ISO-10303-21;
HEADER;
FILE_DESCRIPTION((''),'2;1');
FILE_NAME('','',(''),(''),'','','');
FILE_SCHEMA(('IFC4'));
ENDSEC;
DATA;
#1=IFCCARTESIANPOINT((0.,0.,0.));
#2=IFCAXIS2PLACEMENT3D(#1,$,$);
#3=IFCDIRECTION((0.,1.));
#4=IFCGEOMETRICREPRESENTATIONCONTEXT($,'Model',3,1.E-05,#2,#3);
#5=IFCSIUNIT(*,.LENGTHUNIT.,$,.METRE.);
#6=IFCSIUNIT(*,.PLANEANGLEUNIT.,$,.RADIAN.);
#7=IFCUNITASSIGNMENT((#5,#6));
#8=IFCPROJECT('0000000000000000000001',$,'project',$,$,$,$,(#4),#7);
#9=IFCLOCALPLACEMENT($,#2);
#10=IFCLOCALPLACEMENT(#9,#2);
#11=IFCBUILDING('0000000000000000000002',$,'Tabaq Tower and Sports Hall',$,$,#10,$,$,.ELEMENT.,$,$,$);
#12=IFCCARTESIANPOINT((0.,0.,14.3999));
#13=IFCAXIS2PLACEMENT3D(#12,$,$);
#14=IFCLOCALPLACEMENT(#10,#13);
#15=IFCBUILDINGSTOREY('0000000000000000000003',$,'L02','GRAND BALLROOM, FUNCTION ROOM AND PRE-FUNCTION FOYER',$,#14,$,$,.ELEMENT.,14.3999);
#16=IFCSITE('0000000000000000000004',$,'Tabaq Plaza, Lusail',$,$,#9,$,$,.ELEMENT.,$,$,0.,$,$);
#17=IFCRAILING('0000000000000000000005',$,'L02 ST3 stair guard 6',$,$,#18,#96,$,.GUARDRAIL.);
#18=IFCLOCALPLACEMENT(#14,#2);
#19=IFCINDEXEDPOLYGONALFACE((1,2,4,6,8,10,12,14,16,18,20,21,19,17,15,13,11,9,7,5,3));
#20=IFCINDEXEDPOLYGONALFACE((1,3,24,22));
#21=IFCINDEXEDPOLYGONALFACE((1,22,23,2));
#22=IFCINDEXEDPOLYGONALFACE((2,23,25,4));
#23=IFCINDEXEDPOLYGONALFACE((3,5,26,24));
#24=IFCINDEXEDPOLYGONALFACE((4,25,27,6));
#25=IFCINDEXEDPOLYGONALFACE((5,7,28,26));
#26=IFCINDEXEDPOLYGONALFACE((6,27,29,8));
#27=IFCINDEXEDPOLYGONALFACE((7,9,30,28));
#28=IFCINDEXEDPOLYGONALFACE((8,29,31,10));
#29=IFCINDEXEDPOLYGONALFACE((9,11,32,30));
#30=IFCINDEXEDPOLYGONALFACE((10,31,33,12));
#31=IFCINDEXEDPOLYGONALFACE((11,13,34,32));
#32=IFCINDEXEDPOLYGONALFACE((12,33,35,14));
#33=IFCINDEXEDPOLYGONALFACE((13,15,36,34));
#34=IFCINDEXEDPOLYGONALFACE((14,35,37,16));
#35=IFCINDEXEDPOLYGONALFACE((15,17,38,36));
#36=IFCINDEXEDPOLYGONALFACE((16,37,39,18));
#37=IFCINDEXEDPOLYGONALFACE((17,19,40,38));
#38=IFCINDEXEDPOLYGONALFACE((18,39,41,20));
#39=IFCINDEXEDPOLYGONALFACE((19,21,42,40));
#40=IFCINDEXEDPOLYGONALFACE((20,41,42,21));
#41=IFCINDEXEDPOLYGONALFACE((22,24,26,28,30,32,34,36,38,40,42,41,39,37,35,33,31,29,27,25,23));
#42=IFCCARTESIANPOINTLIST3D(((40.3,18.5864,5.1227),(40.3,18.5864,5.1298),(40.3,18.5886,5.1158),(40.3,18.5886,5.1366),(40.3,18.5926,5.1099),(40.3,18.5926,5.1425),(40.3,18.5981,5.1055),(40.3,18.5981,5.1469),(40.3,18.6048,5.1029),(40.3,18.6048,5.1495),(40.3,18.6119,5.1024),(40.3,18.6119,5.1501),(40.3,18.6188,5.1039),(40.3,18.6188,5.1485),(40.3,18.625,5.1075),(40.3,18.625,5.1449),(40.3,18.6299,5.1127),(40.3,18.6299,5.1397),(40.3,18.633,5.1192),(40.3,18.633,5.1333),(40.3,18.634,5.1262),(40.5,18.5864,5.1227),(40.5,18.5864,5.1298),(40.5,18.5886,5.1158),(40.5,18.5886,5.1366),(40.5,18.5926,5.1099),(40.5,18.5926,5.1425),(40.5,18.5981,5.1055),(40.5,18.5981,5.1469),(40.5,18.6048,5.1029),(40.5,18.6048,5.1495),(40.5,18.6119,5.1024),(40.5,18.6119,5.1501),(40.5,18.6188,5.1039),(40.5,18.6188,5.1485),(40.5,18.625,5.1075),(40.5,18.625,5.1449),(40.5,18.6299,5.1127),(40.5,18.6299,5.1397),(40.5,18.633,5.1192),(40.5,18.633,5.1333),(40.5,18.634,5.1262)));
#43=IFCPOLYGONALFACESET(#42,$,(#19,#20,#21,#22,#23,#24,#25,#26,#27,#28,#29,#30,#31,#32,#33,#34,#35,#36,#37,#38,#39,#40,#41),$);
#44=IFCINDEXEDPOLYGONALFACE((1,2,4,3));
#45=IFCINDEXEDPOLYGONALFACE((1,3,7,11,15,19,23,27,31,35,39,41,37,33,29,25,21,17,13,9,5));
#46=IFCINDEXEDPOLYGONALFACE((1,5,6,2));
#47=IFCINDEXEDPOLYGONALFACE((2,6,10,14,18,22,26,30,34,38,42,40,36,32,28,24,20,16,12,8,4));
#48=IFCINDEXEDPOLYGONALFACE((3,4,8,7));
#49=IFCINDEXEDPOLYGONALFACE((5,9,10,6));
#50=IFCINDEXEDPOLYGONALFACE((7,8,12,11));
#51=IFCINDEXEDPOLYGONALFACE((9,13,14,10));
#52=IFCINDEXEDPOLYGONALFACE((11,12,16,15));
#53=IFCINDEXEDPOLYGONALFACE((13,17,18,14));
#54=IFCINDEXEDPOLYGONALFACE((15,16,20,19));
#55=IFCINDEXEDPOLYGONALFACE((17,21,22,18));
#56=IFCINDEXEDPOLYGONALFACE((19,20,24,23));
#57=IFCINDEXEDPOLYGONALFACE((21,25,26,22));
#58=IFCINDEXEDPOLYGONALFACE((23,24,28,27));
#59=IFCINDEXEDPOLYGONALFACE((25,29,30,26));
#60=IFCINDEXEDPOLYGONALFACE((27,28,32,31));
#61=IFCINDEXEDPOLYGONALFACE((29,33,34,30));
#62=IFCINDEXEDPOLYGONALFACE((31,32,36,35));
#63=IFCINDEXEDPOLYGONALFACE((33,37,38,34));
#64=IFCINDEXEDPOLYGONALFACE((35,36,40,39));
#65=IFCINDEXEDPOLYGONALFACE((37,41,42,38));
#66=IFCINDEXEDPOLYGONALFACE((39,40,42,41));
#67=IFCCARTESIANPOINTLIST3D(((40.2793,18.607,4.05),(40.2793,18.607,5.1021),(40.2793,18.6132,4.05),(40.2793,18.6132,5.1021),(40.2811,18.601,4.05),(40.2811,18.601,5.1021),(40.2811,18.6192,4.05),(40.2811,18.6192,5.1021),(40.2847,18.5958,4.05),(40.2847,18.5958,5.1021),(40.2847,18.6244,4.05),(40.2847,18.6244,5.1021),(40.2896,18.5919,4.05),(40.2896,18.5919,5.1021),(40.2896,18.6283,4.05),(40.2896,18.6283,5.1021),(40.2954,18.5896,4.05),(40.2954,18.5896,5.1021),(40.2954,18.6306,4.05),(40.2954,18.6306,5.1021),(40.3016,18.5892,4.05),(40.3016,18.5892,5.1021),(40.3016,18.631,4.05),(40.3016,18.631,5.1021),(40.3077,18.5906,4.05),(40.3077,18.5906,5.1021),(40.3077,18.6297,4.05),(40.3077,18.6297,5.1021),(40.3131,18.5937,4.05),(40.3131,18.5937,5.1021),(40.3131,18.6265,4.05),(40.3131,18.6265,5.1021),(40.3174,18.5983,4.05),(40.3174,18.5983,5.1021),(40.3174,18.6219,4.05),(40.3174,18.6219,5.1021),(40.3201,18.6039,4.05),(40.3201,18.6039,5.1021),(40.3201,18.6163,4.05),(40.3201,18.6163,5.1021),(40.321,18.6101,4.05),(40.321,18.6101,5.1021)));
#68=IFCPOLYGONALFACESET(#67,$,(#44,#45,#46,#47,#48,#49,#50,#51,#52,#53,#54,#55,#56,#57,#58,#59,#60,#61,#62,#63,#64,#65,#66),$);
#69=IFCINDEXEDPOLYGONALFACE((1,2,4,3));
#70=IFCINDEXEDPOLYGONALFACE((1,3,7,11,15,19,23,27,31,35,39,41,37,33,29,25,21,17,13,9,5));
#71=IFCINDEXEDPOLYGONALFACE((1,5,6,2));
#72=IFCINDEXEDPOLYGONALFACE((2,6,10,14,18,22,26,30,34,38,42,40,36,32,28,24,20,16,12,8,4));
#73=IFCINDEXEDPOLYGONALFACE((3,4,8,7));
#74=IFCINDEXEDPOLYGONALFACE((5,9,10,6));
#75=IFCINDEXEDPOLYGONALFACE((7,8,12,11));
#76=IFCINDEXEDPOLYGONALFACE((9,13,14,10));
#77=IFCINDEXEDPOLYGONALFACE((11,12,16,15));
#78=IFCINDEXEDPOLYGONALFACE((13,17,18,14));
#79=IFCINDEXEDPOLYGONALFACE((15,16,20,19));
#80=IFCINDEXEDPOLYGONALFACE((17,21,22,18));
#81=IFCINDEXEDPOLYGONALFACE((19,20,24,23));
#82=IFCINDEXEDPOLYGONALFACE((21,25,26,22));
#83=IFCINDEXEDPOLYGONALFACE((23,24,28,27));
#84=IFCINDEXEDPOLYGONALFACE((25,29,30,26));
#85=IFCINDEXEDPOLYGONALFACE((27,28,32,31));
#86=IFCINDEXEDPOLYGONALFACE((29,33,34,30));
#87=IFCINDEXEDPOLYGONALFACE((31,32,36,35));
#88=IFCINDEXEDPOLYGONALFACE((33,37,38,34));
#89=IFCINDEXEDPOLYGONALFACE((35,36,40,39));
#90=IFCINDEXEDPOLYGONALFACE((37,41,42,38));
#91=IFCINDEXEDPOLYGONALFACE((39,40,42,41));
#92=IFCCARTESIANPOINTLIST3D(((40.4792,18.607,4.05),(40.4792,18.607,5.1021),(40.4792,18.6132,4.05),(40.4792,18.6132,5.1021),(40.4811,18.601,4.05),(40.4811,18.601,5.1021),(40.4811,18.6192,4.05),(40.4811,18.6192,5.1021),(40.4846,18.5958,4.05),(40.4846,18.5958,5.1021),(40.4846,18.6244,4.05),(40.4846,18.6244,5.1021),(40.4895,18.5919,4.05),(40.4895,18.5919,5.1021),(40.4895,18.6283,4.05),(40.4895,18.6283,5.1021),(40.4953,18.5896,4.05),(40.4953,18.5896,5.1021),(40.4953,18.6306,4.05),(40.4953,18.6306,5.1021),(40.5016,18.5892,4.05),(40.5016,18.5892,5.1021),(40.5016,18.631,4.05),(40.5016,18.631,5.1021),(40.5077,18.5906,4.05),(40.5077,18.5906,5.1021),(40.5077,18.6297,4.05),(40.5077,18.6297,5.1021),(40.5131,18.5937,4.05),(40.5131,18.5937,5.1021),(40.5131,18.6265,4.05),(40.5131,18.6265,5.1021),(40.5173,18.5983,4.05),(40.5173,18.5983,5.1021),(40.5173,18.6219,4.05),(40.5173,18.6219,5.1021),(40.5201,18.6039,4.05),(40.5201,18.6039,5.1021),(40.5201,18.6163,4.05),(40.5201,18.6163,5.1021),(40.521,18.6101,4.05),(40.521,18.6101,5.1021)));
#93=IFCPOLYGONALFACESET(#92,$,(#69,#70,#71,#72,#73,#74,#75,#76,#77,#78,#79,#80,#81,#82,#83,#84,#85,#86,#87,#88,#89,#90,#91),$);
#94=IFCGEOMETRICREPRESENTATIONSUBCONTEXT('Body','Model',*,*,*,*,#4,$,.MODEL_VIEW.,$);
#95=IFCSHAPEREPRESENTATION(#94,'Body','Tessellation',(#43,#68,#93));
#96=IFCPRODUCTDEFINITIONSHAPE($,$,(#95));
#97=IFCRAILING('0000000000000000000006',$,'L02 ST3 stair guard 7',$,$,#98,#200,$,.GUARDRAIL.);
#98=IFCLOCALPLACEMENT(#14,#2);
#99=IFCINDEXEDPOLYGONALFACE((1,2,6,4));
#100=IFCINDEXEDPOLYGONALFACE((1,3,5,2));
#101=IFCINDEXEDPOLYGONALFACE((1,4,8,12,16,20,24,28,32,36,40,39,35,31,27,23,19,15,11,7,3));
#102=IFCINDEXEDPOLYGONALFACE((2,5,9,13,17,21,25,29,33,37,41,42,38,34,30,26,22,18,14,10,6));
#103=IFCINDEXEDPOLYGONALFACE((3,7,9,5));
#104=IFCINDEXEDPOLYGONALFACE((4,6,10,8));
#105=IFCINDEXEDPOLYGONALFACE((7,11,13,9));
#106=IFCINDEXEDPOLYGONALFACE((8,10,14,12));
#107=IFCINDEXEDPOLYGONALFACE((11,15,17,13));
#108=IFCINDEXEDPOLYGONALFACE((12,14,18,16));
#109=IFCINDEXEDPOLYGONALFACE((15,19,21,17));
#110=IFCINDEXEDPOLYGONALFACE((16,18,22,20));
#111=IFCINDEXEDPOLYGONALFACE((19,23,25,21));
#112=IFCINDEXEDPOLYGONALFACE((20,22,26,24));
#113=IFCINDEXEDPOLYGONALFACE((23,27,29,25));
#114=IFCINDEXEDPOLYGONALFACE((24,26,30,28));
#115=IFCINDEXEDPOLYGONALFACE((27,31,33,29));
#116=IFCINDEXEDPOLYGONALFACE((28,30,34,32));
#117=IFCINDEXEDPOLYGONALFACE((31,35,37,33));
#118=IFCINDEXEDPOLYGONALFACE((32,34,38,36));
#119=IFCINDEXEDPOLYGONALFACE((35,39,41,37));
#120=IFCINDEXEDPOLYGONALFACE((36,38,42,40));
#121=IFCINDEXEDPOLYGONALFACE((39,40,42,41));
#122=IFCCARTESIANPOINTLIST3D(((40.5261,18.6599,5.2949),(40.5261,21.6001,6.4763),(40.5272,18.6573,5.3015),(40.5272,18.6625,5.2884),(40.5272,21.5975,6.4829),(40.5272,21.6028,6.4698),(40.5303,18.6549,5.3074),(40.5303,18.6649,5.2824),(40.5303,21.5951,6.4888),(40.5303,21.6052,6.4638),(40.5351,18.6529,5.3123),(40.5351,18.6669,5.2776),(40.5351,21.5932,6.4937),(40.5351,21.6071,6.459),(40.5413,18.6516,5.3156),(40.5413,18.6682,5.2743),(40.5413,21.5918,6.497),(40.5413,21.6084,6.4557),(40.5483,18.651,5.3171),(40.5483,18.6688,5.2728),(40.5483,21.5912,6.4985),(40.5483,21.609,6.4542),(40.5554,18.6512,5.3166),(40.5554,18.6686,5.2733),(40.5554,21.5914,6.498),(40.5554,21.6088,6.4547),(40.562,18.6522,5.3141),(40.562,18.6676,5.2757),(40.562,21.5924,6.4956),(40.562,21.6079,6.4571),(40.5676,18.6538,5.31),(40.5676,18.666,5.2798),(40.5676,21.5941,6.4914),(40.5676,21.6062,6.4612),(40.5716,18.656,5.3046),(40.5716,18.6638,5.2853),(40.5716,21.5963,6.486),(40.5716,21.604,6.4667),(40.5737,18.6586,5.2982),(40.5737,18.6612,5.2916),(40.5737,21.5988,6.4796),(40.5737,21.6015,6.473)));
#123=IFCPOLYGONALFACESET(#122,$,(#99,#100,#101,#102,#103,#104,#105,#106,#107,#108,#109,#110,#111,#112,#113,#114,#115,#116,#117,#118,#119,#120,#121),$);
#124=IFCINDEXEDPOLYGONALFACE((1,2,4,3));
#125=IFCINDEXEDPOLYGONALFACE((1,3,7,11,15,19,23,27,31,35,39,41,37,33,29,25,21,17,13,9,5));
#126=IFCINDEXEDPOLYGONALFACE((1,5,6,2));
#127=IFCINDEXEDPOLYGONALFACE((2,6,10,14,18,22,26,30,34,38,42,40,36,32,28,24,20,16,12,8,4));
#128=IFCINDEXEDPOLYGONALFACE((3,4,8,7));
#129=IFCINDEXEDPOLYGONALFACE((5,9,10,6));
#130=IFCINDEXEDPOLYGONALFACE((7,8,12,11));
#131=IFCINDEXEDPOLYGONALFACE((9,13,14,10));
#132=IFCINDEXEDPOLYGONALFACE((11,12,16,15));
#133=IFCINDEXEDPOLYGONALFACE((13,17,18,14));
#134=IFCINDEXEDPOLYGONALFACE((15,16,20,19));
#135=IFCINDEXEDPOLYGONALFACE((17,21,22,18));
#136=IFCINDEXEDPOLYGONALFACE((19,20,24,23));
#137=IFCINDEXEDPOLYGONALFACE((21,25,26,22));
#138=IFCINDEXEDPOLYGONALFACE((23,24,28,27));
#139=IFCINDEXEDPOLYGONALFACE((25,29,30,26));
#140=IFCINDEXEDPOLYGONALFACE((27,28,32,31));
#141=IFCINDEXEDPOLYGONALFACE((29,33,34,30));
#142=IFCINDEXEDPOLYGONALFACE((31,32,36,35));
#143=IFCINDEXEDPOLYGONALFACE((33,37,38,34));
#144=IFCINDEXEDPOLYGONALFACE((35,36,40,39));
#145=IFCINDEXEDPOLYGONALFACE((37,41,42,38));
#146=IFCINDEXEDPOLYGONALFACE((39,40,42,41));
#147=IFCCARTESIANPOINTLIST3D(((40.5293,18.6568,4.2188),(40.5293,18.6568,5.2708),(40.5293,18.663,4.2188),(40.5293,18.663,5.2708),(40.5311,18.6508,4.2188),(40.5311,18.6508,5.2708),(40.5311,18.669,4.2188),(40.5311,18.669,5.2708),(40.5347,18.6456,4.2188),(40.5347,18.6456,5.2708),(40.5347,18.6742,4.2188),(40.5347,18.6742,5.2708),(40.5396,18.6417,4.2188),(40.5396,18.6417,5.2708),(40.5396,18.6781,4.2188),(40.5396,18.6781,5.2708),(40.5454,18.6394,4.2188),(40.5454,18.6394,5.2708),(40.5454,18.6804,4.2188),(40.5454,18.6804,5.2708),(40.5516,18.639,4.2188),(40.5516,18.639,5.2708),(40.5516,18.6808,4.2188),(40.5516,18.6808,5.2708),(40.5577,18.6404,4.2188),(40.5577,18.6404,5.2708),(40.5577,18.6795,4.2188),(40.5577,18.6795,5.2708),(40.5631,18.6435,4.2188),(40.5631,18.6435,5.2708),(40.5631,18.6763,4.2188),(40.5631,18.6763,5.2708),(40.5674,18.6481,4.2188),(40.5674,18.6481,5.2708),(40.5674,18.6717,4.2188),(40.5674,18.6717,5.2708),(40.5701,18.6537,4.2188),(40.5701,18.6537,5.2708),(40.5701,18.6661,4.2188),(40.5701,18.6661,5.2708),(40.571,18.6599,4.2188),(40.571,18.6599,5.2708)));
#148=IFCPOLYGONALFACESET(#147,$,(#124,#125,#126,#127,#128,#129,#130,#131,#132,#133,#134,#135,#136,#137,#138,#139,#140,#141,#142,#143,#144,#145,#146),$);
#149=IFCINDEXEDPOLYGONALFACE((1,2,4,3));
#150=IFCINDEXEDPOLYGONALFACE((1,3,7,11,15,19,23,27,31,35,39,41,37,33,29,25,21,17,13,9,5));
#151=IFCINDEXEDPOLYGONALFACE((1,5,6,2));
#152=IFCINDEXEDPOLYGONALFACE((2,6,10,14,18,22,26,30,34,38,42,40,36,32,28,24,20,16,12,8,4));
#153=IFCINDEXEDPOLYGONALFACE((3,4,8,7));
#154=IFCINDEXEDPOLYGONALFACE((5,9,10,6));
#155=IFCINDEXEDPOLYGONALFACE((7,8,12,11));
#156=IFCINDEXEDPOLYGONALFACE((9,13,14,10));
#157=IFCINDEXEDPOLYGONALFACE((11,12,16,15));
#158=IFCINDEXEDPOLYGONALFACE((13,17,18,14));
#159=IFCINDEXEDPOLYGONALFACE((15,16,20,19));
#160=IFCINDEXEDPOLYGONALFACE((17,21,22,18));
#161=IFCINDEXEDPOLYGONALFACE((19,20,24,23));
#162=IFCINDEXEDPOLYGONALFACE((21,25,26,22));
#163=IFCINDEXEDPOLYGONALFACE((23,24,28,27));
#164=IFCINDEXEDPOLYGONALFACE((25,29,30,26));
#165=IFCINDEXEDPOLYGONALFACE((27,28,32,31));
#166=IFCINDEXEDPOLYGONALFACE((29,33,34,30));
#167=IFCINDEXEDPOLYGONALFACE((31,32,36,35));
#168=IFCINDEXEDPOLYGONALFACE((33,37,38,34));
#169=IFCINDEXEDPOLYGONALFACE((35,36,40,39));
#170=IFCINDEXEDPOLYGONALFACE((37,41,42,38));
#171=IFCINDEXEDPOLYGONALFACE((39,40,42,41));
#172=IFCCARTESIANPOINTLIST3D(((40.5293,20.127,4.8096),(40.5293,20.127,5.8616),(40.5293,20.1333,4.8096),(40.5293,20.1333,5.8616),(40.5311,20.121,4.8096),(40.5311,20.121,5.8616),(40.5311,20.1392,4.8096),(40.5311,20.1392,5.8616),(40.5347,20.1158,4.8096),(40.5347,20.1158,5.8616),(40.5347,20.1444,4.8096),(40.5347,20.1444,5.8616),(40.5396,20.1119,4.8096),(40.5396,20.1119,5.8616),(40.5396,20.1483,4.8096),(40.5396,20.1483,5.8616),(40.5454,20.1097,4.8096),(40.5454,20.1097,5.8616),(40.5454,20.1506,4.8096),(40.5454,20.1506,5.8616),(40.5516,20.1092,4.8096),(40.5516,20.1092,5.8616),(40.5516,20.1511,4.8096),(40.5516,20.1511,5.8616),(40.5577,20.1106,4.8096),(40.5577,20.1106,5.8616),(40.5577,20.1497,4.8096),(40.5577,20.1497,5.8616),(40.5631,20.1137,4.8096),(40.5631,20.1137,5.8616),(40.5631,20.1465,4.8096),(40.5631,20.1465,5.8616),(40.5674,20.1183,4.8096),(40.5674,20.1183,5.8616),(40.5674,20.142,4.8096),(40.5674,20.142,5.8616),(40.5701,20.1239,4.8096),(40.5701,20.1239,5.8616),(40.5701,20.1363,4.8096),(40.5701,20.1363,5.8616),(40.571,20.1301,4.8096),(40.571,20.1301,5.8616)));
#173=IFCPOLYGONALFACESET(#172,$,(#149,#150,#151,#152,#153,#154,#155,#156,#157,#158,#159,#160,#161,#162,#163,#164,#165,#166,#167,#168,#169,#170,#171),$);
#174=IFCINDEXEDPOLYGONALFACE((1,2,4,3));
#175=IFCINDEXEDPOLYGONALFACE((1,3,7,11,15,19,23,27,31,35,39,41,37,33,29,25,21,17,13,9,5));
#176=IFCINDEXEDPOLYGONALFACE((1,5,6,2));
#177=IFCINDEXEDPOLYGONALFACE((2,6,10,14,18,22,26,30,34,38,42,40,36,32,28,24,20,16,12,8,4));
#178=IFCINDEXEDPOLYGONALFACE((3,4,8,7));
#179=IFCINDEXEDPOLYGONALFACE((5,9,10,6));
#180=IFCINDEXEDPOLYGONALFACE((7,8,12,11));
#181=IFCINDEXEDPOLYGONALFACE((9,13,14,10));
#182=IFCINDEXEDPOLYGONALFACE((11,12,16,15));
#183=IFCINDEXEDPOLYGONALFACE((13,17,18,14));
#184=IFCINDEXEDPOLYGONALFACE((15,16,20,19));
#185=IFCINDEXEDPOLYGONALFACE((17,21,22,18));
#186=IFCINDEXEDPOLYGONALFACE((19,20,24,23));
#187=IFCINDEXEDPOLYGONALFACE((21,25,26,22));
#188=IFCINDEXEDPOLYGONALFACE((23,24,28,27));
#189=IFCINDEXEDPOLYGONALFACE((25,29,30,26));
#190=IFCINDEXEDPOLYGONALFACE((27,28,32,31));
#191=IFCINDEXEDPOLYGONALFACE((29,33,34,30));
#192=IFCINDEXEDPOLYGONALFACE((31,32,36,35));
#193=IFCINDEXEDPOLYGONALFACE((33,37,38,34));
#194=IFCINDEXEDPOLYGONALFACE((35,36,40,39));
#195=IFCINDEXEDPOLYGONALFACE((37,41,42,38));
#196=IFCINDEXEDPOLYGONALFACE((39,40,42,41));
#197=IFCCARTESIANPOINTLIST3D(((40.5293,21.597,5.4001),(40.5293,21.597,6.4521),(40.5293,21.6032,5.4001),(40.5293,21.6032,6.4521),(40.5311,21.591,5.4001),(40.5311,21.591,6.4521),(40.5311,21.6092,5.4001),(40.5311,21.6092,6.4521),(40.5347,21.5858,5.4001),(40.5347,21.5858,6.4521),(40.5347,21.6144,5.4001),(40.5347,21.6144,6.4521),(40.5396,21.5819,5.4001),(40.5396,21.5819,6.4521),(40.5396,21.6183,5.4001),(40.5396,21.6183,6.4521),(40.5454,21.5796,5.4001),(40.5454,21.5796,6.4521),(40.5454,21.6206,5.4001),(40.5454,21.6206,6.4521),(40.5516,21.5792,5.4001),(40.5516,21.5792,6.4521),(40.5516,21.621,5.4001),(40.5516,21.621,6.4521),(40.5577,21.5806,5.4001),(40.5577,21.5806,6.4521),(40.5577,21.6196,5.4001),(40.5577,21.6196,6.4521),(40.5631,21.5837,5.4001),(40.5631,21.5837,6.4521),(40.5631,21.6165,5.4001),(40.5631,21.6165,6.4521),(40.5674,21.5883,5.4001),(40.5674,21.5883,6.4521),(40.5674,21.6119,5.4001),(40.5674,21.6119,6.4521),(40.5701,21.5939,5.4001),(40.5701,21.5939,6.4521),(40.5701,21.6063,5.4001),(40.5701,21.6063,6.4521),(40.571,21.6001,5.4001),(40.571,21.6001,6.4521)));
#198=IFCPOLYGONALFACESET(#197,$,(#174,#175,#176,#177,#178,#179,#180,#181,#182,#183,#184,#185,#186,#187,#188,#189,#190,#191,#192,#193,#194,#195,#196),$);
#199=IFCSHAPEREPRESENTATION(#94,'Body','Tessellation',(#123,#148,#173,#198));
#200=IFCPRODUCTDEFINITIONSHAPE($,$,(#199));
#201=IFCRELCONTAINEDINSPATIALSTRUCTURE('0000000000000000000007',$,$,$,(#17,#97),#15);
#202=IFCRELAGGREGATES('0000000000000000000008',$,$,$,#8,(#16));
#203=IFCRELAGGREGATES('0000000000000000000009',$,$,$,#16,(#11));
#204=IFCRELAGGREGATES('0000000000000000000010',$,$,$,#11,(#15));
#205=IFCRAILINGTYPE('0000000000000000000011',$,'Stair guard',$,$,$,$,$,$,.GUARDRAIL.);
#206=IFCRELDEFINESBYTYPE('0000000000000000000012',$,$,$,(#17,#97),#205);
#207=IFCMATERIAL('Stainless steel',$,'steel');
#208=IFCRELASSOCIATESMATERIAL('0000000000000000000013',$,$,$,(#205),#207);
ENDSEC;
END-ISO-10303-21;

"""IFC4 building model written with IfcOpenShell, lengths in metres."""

from ifc_helpers import new_model, si_unit, direction, frame, origin, origin_2d, place, context, subcontext, project, spatial, circle, extrude, material, type_object, element, save


model = new_model("IFC4")

# Units and contexts
model_context = context("Model", 3, precision=1e-05, world=origin(), true_north=direction((0.0, 1.0)))
body_context = subcontext(model_context, "Body", "Model", "MODEL_VIEW")
ifc_project = project(units=[si_unit("LENGTHUNIT", "METRE"), si_unit("PLANEANGLEUNIT", "RADIAN")], contexts=[model_context])

# Site, building, storey
site_placement = place(None, origin())
site = spatial("IfcSite", under=ifc_project, at=site_placement, Name="Tabaq Plaza, Lusail", CompositionType="ELEMENT", RefElevation=0.0)
building_placement = place(site_placement, origin())
building = spatial("IfcBuilding", under=site, at=building_placement, Name="Tabaq Tower and Sports Hall", CompositionType="ELEMENT")
storey_placement = place(building_placement, frame((0.0, 0.0, 14.3999)))
storey = spatial("IfcBuildingStorey", under=building, at=storey_placement, Name="L02", Description="GRAND BALLROOM, FUNCTION ROOM AND PRE-FUNCTION FOYER", CompositionType="ELEMENT", Elevation=14.3999)

# Railings
ifc_material_1 = material(Name="Stainless steel", Category="steel")
railing_type_1 = type_object("IfcRailingType", Name="Stair guard", PredefinedType="GUARDRAIL", material=ifc_material_1)
railing_1_placement = place(storey_placement, frame((40.3, 18.6101, 4.05)))
element("IfcRailing", 1, at=railing_1_placement, inside=storey, type_object=railing_type_1, Name="L02 ST3 stair guard 6", PredefinedType="GUARDRAIL", context=body_context, shape_type="SweptSolid", body=[
    extrude(circle(Radius=0.0239, at=origin_2d()), frame((0.0, 0.0, 1.0762), z_axis=(1.0, 0.0, 0.0), x_axis=(0.0, 1.0, 0.0)), (0.0, 0.0, 1.0), 0.2),
    extrude(circle(Radius=0.021, at=origin_2d()), origin(), (0.0, 0.0, 1.0), 1.052),
    extrude(circle(Radius=0.021, at=origin_2d()), frame((0.2, 0.0, 0.0)), (0.0, 0.0, 1.0), 1.052),
])
railing_2_placement = place(storey_placement, frame((40.55, 18.6599, 4.2188)))
element("IfcRailing", 2, at=railing_2_placement, inside=storey, type_object=railing_type_1, Name="L02 ST3 stair guard 7", PredefinedType="GUARDRAIL", context=body_context, shape_type="SweptSolid", body=[
    extrude(circle(Radius=0.0239, at=origin_2d()), frame((0.0, 0.0, 1.0762), z_axis=(0.0, 0.927896, 0.372838), x_axis=(-1.0, 0.0, 0.0)), (0.0, 0.0, 1.0), 3.1687),
    extrude(circle(Radius=0.021, at=origin_2d()), origin(), (0.0, 0.0, 1.0), 1.052),
    extrude(circle(Radius=0.021, at=origin_2d()), frame((0.0, 1.4702, 0.5908)), (0.0, 0.0, 1.0), 1.052),
    extrude(circle(Radius=0.021, at=origin_2d()), frame((0.0, 2.9402, 1.1814)), (0.0, 0.0, 1.0), 1.052),
])

save(model, "model.ifc")
